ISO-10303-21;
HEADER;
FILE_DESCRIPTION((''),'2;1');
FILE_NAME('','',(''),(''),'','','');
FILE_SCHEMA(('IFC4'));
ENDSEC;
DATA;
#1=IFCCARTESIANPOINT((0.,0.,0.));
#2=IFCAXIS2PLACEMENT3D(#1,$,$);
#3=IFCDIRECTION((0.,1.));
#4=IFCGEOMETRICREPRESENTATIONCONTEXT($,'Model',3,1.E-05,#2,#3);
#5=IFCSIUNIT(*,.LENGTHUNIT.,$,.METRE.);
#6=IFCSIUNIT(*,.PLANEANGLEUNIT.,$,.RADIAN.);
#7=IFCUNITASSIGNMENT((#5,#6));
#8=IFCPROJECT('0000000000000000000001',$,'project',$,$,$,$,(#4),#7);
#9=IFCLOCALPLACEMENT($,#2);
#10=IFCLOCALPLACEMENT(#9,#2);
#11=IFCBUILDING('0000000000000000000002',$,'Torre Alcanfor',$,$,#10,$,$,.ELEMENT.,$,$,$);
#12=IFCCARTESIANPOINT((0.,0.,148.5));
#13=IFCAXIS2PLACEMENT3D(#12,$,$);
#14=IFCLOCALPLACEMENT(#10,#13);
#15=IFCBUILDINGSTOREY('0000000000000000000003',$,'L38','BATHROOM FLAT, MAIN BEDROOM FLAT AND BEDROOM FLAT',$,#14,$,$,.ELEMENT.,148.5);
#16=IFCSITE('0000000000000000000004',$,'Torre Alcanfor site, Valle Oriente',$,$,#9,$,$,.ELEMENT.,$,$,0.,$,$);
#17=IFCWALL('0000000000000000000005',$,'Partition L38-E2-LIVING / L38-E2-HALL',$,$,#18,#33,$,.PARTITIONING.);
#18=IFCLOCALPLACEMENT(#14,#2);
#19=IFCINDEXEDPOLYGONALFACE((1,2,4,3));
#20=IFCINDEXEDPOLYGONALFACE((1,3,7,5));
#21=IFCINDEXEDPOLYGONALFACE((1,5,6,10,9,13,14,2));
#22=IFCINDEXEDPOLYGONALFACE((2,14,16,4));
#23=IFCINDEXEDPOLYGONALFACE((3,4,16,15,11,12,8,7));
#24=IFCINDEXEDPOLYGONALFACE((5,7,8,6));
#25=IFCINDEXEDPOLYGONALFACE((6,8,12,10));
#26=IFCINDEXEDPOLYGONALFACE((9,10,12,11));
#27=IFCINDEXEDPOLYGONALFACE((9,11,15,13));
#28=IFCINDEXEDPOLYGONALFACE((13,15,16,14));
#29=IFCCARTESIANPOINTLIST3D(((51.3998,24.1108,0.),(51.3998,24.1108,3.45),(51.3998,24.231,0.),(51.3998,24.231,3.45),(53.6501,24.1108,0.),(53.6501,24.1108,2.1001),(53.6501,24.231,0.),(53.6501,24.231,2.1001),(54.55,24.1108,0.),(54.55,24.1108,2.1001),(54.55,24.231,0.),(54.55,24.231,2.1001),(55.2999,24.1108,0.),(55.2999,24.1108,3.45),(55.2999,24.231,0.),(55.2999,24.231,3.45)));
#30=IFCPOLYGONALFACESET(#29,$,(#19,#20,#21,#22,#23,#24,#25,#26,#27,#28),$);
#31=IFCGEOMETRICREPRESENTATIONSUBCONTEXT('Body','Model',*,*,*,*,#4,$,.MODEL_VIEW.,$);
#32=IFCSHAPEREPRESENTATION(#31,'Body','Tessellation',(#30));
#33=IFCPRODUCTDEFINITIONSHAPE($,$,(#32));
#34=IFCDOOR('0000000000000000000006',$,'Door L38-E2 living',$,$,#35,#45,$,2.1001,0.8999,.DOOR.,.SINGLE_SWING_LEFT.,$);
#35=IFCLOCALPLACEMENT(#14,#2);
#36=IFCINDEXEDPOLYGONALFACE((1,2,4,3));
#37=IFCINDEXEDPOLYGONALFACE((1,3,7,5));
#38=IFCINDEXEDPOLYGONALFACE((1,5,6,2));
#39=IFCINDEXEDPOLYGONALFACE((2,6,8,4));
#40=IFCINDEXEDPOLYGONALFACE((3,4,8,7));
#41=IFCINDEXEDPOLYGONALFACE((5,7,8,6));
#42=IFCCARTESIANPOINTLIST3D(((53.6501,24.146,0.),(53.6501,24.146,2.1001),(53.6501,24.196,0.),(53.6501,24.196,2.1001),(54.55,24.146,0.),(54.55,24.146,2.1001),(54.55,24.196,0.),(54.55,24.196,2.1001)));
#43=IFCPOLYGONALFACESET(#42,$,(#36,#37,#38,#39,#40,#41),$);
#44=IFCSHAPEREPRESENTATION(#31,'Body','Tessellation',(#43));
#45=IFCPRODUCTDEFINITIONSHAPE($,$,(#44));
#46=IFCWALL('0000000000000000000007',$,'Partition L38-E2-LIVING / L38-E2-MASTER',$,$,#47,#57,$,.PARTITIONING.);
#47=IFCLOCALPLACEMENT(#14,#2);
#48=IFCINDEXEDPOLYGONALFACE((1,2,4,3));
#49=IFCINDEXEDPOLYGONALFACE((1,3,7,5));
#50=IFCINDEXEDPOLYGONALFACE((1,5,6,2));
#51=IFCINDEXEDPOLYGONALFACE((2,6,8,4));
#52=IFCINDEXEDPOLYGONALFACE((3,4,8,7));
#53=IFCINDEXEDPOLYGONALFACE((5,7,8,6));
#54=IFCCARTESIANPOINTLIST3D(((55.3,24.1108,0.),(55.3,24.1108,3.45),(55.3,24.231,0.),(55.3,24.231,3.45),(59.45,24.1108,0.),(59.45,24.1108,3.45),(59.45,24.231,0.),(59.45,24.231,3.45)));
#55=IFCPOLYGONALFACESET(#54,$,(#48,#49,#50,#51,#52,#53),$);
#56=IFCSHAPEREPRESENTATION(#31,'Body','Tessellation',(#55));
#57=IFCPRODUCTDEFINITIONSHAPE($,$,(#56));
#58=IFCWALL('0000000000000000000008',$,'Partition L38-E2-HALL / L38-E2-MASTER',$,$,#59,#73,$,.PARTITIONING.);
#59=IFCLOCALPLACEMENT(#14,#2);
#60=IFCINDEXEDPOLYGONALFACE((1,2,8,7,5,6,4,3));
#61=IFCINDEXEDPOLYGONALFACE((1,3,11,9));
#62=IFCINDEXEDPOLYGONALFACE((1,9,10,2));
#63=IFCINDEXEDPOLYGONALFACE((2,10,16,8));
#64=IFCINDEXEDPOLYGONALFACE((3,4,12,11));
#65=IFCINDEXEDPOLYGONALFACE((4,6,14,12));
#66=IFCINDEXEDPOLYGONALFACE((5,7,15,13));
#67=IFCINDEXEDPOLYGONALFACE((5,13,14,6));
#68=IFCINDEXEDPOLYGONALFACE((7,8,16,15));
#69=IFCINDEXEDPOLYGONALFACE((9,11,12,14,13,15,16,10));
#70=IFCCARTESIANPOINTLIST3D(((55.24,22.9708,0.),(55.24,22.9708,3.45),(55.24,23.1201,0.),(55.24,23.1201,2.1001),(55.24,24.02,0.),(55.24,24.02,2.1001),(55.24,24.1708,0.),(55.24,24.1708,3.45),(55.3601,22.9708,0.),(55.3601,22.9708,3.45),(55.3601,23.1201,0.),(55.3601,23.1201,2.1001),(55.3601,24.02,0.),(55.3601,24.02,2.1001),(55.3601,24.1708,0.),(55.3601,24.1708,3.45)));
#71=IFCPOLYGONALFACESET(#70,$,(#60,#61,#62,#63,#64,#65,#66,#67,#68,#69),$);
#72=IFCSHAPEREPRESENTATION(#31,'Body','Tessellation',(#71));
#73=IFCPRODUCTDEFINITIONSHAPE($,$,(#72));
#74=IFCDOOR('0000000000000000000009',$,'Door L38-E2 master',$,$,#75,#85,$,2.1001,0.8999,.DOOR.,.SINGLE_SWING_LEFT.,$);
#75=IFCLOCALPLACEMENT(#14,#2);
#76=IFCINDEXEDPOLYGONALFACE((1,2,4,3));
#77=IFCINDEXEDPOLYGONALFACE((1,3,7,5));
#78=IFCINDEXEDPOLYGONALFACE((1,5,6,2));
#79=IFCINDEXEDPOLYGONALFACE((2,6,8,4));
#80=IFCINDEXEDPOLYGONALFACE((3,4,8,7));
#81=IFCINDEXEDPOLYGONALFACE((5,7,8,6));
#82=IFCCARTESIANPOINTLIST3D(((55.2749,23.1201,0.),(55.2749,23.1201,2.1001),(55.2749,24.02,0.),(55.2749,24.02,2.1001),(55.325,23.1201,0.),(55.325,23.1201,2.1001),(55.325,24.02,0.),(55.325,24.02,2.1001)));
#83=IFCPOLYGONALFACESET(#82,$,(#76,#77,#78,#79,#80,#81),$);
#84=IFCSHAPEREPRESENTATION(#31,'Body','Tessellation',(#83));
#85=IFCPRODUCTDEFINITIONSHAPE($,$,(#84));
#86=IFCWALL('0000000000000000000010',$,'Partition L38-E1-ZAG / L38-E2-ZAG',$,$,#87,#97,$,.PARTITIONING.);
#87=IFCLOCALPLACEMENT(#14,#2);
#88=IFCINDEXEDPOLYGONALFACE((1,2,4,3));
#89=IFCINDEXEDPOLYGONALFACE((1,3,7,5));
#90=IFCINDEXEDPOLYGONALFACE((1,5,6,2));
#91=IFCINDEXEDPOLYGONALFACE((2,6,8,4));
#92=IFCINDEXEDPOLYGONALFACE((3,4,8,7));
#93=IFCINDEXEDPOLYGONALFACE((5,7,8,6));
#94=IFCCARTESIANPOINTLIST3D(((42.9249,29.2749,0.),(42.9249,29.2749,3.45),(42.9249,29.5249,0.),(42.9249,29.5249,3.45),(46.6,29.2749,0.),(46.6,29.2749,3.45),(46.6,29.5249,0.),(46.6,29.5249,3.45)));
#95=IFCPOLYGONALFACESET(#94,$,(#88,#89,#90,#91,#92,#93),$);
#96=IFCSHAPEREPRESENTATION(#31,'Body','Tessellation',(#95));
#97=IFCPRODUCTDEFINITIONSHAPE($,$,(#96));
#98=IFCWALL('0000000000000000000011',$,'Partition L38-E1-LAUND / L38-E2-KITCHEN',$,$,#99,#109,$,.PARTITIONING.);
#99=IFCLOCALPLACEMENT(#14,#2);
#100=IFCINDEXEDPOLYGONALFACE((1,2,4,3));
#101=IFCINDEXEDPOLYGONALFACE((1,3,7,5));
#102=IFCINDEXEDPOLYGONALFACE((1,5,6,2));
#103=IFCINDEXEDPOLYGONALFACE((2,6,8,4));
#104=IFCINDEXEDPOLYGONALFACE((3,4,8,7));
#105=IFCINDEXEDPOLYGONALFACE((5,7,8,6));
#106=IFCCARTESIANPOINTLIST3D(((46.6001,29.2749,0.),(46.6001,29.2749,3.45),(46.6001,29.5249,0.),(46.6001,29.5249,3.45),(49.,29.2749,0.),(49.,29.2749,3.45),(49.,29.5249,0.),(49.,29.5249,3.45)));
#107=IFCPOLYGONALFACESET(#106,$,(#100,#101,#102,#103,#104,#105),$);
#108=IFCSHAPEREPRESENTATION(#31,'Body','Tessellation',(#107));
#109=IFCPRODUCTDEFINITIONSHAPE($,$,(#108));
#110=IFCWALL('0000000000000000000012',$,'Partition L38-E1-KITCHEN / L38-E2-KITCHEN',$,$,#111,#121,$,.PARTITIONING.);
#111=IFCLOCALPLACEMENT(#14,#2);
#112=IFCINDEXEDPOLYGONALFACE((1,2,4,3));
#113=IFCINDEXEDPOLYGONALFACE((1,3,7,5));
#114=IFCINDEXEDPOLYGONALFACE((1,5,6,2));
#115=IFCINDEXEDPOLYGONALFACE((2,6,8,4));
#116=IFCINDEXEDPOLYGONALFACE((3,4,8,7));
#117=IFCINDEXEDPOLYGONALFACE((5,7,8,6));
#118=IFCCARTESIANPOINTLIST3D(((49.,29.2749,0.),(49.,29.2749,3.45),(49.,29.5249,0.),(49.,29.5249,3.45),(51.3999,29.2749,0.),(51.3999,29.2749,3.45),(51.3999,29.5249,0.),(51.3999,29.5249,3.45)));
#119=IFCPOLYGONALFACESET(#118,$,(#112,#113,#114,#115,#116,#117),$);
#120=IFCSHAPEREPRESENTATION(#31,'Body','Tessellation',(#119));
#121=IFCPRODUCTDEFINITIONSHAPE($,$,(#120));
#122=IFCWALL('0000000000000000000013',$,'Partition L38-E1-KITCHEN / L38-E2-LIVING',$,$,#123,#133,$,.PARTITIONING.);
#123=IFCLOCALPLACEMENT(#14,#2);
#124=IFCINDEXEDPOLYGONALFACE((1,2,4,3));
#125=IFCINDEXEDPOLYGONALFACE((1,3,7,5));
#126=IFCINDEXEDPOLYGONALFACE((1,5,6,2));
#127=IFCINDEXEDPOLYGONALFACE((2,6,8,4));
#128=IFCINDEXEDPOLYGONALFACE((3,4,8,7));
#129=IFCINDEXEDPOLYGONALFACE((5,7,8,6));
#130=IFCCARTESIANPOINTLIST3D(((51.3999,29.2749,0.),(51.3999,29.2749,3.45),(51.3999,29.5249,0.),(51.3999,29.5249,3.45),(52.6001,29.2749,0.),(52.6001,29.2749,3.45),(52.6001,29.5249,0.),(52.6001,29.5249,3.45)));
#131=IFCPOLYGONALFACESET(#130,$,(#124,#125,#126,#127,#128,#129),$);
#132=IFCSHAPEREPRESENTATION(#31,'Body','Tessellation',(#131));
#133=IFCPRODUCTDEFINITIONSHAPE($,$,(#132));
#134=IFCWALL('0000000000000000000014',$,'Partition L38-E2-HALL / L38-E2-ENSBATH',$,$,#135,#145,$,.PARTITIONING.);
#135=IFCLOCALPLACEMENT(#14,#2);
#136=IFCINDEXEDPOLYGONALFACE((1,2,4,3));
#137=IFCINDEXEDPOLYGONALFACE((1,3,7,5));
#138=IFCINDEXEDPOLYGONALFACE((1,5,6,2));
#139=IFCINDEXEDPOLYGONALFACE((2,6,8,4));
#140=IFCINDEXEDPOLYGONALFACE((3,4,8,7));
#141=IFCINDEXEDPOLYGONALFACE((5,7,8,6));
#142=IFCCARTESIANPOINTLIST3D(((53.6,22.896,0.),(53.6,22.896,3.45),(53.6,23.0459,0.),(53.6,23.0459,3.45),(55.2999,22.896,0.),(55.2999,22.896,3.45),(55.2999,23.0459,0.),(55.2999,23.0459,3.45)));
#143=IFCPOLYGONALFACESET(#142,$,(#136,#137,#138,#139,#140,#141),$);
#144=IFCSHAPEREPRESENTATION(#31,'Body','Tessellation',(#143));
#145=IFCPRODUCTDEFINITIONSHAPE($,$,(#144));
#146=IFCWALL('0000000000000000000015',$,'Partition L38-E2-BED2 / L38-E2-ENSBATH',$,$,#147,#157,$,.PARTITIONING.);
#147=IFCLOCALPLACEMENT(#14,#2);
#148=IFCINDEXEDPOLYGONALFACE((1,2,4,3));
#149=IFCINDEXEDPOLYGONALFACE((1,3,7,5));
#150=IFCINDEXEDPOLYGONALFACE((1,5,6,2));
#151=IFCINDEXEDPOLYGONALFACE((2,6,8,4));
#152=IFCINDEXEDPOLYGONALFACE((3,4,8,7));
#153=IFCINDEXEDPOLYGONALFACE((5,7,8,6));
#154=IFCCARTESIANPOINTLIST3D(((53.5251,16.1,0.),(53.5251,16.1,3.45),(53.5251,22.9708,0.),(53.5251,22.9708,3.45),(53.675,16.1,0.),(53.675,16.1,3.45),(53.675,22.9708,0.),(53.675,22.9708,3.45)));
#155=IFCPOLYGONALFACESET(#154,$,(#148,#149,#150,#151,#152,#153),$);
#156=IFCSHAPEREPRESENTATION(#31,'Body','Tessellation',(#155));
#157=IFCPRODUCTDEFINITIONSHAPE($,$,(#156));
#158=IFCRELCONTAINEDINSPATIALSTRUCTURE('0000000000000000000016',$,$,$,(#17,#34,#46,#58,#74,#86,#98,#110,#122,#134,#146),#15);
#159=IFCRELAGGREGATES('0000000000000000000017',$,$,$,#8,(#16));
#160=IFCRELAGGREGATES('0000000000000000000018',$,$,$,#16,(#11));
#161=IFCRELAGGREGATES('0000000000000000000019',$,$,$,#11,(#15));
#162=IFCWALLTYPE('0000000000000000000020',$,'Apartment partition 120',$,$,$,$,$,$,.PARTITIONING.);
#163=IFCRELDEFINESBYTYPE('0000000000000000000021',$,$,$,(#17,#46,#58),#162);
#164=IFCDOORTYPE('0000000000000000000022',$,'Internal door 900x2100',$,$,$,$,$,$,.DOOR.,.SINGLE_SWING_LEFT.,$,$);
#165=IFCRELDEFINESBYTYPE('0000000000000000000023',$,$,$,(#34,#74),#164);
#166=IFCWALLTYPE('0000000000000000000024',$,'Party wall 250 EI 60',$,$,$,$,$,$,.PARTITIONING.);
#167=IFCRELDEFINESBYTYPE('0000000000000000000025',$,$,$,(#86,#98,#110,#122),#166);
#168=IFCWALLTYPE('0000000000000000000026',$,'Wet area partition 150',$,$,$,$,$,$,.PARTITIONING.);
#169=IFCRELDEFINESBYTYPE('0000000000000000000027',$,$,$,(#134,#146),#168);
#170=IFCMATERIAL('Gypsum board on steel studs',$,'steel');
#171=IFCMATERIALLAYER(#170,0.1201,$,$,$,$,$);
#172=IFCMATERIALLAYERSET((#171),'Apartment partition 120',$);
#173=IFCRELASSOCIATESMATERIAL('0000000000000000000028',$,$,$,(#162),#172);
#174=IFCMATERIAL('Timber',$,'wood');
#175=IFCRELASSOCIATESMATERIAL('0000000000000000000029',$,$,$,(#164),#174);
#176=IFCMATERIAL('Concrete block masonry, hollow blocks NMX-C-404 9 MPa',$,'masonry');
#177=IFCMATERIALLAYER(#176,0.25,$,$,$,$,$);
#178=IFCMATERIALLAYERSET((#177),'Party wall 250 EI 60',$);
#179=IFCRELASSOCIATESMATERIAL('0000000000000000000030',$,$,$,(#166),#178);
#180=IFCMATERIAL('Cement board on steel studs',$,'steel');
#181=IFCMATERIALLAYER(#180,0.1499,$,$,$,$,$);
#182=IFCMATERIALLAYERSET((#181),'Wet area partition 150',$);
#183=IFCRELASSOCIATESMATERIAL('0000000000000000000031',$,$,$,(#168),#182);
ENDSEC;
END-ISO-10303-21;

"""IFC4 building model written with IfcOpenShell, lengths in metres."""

from ifc_helpers import new_model, si_unit, direction, frame, frame_2d, origin, place, context, subcontext, project, spatial, rectangle, extrude, material, layer, layer_set, type_object, element, fill, save


model = new_model("IFC4")

# Units and contexts
model_context = context("Model", 3, precision=1e-05, world=origin(), true_north=direction((0.0, 1.0)))
body_context = subcontext(model_context, "Body", "Model", "MODEL_VIEW")
ifc_project = project(units=[si_unit("LENGTHUNIT", "METRE"), si_unit("PLANEANGLEUNIT", "RADIAN")], contexts=[model_context])

# Site, building, storey
site_placement = place(None, origin())
site = spatial("IfcSite", under=ifc_project, at=site_placement, Name="Torre Alcanfor site, Valle Oriente", CompositionType="ELEMENT", RefElevation=0.0)
building_placement = place(site_placement, origin())
building = spatial("IfcBuilding", under=site, at=building_placement, Name="Torre Alcanfor", CompositionType="ELEMENT")
storey_placement = place(building_placement, frame((0.0, 0.0, 148.5)))
storey = spatial("IfcBuildingStorey", under=building, at=storey_placement, Name="L38", Description="BATHROOM FLAT, MAIN BEDROOM FLAT AND BEDROOM FLAT", CompositionType="ELEMENT", Elevation=148.5)

# Shared definitions
ifc_material_1 = material(Name="Gypsum board on steel studs", Category="steel")
ifc_layer_1 = layer(ifc_material_1, 0.1201)
ifc_layer_set_1 = layer_set([ifc_layer_1], Name="Apartment partition 120")
wall_type_1 = type_object("IfcWallType", Name="Apartment partition 120", PredefinedType="PARTITIONING", material=ifc_layer_set_1)

# Shared definitions
ifc_material_2 = material(Name="Timber", Category="wood")
door_type_1 = type_object("IfcDoorType", Name="Internal door 900x2100", OperationType="SINGLE_SWING_LEFT", PredefinedType="DOOR", material=ifc_material_2)

# Wall, opening, door
wall_1_placement = place(storey_placement, frame((55.3, 24.1709, 0.0), z_axis=(0.0, 0.0, 1.0), x_axis=(-1.0, 0.0, 0.0)))
wall_1 = element("IfcWall", 1, at=wall_1_placement, inside=storey, type_object=wall_type_1, Name="Partition L38-E2-LIVING / L38-E2-HALL", PredefinedType="PARTITIONING", context=body_context, shape_type="SweptSolid", body=[
    extrude(rectangle(XDim=3.9001, YDim=0.1201, at=frame_2d((1.9502, 0.0))), origin(), (0.0, 0.0, 1.0), 3.45),
])
opening_1_placement = place(wall_1_placement, frame((0.75, 0.0, 0.0)))
opening_1 = element("IfcOpeningElement", 2, at=opening_1_placement, cuts=wall_1, PredefinedType="OPENING", context=body_context, shape_type="SweptSolid", body=[
    extrude(rectangle(XDim=0.8999, YDim=2.1001, at=frame_2d((0.45, 1.05))), frame((0.0, 0.0701, 0.0), z_axis=(0.0, -1.0, 0.0), x_axis=(1.0, 0.0, 0.0)), (0.0, 0.0, 1.0), 0.1401),
])
door_1_placement = place(opening_1_placement, frame((0.8999, 0.0, 0.0), z_axis=(0.0, 0.0, 1.0), x_axis=(-1.0, 0.0, 0.0)))
door_1 = element("IfcDoor", 3, at=door_1_placement, inside=storey, type_object=door_type_1, Name="Door L38-E2 living", OperationType="SINGLE_SWING_LEFT", OverallHeight=2.1001, OverallWidth=0.8999, PredefinedType="DOOR", context=body_context, shape_type="SweptSolid", body=[
    extrude(rectangle(XDim=0.8999, YDim=2.1001, at=frame_2d((0.45, 1.05))), frame((0.0, 0.0251, 0.0), z_axis=(0.0, -1.0, 0.0), x_axis=(1.0, 0.0, 0.0)), (0.0, 0.0, 1.0), 0.05),
])
fill(opening_1, door_1)

# Wall
wall_2_placement = place(storey_placement, frame((59.45, 24.1709, 0.0), z_axis=(0.0, 0.0, 1.0), x_axis=(-1.0, 0.0, 0.0)))
element("IfcWall", 4, at=wall_2_placement, inside=storey, type_object=wall_type_1, Name="Partition L38-E2-LIVING / L38-E2-MASTER", PredefinedType="PARTITIONING", context=body_context, shape_type="SweptSolid", body=[
    extrude(rectangle(XDim=4.1499, YDim=0.1201, at=frame_2d((2.075, 0.0))), origin(), (0.0, 0.0, 1.0), 3.45),
])

# Wall, opening, door
wall_3_placement = place(storey_placement, frame((55.3, 24.1709, 0.0), z_axis=(0.0, 0.0, 1.0), x_axis=(0.0, -1.0, 0.0)))
wall_3 = element("IfcWall", 5, at=wall_3_placement, inside=storey, type_object=wall_type_1, Name="Partition L38-E2-HALL / L38-E2-MASTER", PredefinedType="PARTITIONING", context=body_context, shape_type="SweptSolid", body=[
    extrude(rectangle(XDim=1.2, YDim=0.1201, at=frame_2d((0.6001, 0.0))), origin(), (0.0, 0.0, 1.0), 3.45),
])
opening_2_placement = place(wall_3_placement, frame((0.1509, 0.0, 0.0)))
opening_2 = element("IfcOpeningElement", 6, at=opening_2_placement, cuts=wall_3, PredefinedType="OPENING", context=body_context, shape_type="SweptSolid", body=[
    extrude(rectangle(XDim=0.8999, YDim=2.1001, at=frame_2d((0.45, 1.05))), frame((0.0, 0.0701, 0.0), z_axis=(0.0, -1.0, 0.0), x_axis=(1.0, 0.0, 0.0)), (0.0, 0.0, 1.0), 0.1401),
])
door_2_placement = place(opening_2_placement, origin())
door_2 = element("IfcDoor", 7, at=door_2_placement, inside=storey, type_object=door_type_1, Name="Door L38-E2 master", OperationType="SINGLE_SWING_LEFT", OverallHeight=2.1001, OverallWidth=0.8999, PredefinedType="DOOR", context=body_context, shape_type="SweptSolid", body=[
    extrude(rectangle(XDim=0.8999, YDim=2.1001, at=frame_2d((0.45, 1.05))), frame((0.0, 0.0249, 0.0), z_axis=(0.0, -1.0, 0.0), x_axis=(1.0, 0.0, 0.0)), (0.0, 0.0, 1.0), 0.05),
])
fill(opening_2, door_2)

# Walls
ifc_material_3 = material(Name="Concrete block masonry, hollow blocks NMX-C-404 9 MPa", Category="masonry")
ifc_layer_2 = layer(ifc_material_3, 0.25)
ifc_layer_set_2 = layer_set([ifc_layer_2], Name="Party wall 250 EI 60")
wall_type_2 = type_object("IfcWallType", Name="Party wall 250 EI 60", PredefinedType="PARTITIONING", material=ifc_layer_set_2)
wall_4_placement = place(storey_placement, frame((42.925, 29.3999, 0.0), z_axis=(0.0, 0.0, 1.0), x_axis=(1.0, 0.0, 0.0)))
element("IfcWall", 8, at=wall_4_placement, inside=storey, type_object=wall_type_2, Name="Partition L38-E1-ZAG / L38-E2-ZAG", PredefinedType="PARTITIONING", context=body_context, shape_type="SweptSolid", body=[
    extrude(rectangle(XDim=3.675, YDim=0.25, at=frame_2d((1.8374, 0.0))), origin(), (0.0, 0.0, 1.0), 3.45),
])
for number, where, z_axis, x_axis, name in (
    (9, (46.6001, 29.3999, 0.0), (0.0, 0.0, 1.0), (1.0, 0.0, 0.0), "Partition L38-E1-LAUND / L38-E2-KITCHEN"),
    (10, (49.0, 29.3999, 0.0), (0.0, 0.0, 1.0), (1.0, 0.0, 0.0), "Partition L38-E1-KITCHEN / L38-E2-KITCHEN"),
):
    element("IfcWall", number, at=place(storey_placement, frame(where, z_axis=z_axis, x_axis=x_axis)), inside=storey, type_object=wall_type_2, Name=name, PredefinedType="PARTITIONING", context=body_context, shape_type="SweptSolid", body=[
        extrude(rectangle(XDim=2.3999, YDim=0.25, at=frame_2d((1.2, 0.0))), origin(), (0.0, 0.0, 1.0), 3.45),
    ])
wall_5_placement = place(storey_placement, frame((51.3999, 29.3999, 0.0), z_axis=(0.0, 0.0, 1.0), x_axis=(1.0, 0.0, 0.0)))
element("IfcWall", 11, at=wall_5_placement, inside=storey, type_object=wall_type_2, Name="Partition L38-E1-KITCHEN / L38-E2-LIVING", PredefinedType="PARTITIONING", context=body_context, shape_type="SweptSolid", body=[
    extrude(rectangle(XDim=1.2002, YDim=0.25, at=frame_2d((0.6001, 0.0))), origin(), (0.0, 0.0, 1.0), 3.45),
])
ifc_material_4 = material(Name="Cement board on steel studs", Category="steel")
ifc_layer_3 = layer(ifc_material_4, 0.1499)
ifc_layer_set_3 = layer_set([ifc_layer_3], Name="Wet area partition 150")
wall_type_3 = type_object("IfcWallType", Name="Wet area partition 150", PredefinedType="PARTITIONING", material=ifc_layer_set_3)
wall_6_placement = place(storey_placement, frame((55.3, 22.9709, 0.0), z_axis=(0.0, 0.0, 1.0), x_axis=(-1.0, 0.0, 0.0)))
element("IfcWall", 12, at=wall_6_placement, inside=storey, type_object=wall_type_3, Name="Partition L38-E2-HALL / L38-E2-ENSBATH", PredefinedType="PARTITIONING", context=body_context, shape_type="SweptSolid", body=[
    extrude(rectangle(XDim=1.7, YDim=0.1499, at=frame_2d((0.8501, 0.0))), origin(), (0.0, 0.0, 1.0), 3.45),
])
wall_7_placement = place(storey_placement, frame((53.6001, 22.9709, 0.0), z_axis=(0.0, 0.0, 1.0), x_axis=(0.0, -1.0, 0.0)))
element("IfcWall", 13, at=wall_7_placement, inside=storey, type_object=wall_type_3, Name="Partition L38-E2-BED2 / L38-E2-ENSBATH", PredefinedType="PARTITIONING", context=body_context, shape_type="SweptSolid", body=[
    extrude(rectangle(XDim=6.8708, YDim=0.1499, at=frame_2d((3.4355, 0.0))), origin(), (0.0, 0.0, 1.0), 3.45),
])

save(model, "model.ifc")
